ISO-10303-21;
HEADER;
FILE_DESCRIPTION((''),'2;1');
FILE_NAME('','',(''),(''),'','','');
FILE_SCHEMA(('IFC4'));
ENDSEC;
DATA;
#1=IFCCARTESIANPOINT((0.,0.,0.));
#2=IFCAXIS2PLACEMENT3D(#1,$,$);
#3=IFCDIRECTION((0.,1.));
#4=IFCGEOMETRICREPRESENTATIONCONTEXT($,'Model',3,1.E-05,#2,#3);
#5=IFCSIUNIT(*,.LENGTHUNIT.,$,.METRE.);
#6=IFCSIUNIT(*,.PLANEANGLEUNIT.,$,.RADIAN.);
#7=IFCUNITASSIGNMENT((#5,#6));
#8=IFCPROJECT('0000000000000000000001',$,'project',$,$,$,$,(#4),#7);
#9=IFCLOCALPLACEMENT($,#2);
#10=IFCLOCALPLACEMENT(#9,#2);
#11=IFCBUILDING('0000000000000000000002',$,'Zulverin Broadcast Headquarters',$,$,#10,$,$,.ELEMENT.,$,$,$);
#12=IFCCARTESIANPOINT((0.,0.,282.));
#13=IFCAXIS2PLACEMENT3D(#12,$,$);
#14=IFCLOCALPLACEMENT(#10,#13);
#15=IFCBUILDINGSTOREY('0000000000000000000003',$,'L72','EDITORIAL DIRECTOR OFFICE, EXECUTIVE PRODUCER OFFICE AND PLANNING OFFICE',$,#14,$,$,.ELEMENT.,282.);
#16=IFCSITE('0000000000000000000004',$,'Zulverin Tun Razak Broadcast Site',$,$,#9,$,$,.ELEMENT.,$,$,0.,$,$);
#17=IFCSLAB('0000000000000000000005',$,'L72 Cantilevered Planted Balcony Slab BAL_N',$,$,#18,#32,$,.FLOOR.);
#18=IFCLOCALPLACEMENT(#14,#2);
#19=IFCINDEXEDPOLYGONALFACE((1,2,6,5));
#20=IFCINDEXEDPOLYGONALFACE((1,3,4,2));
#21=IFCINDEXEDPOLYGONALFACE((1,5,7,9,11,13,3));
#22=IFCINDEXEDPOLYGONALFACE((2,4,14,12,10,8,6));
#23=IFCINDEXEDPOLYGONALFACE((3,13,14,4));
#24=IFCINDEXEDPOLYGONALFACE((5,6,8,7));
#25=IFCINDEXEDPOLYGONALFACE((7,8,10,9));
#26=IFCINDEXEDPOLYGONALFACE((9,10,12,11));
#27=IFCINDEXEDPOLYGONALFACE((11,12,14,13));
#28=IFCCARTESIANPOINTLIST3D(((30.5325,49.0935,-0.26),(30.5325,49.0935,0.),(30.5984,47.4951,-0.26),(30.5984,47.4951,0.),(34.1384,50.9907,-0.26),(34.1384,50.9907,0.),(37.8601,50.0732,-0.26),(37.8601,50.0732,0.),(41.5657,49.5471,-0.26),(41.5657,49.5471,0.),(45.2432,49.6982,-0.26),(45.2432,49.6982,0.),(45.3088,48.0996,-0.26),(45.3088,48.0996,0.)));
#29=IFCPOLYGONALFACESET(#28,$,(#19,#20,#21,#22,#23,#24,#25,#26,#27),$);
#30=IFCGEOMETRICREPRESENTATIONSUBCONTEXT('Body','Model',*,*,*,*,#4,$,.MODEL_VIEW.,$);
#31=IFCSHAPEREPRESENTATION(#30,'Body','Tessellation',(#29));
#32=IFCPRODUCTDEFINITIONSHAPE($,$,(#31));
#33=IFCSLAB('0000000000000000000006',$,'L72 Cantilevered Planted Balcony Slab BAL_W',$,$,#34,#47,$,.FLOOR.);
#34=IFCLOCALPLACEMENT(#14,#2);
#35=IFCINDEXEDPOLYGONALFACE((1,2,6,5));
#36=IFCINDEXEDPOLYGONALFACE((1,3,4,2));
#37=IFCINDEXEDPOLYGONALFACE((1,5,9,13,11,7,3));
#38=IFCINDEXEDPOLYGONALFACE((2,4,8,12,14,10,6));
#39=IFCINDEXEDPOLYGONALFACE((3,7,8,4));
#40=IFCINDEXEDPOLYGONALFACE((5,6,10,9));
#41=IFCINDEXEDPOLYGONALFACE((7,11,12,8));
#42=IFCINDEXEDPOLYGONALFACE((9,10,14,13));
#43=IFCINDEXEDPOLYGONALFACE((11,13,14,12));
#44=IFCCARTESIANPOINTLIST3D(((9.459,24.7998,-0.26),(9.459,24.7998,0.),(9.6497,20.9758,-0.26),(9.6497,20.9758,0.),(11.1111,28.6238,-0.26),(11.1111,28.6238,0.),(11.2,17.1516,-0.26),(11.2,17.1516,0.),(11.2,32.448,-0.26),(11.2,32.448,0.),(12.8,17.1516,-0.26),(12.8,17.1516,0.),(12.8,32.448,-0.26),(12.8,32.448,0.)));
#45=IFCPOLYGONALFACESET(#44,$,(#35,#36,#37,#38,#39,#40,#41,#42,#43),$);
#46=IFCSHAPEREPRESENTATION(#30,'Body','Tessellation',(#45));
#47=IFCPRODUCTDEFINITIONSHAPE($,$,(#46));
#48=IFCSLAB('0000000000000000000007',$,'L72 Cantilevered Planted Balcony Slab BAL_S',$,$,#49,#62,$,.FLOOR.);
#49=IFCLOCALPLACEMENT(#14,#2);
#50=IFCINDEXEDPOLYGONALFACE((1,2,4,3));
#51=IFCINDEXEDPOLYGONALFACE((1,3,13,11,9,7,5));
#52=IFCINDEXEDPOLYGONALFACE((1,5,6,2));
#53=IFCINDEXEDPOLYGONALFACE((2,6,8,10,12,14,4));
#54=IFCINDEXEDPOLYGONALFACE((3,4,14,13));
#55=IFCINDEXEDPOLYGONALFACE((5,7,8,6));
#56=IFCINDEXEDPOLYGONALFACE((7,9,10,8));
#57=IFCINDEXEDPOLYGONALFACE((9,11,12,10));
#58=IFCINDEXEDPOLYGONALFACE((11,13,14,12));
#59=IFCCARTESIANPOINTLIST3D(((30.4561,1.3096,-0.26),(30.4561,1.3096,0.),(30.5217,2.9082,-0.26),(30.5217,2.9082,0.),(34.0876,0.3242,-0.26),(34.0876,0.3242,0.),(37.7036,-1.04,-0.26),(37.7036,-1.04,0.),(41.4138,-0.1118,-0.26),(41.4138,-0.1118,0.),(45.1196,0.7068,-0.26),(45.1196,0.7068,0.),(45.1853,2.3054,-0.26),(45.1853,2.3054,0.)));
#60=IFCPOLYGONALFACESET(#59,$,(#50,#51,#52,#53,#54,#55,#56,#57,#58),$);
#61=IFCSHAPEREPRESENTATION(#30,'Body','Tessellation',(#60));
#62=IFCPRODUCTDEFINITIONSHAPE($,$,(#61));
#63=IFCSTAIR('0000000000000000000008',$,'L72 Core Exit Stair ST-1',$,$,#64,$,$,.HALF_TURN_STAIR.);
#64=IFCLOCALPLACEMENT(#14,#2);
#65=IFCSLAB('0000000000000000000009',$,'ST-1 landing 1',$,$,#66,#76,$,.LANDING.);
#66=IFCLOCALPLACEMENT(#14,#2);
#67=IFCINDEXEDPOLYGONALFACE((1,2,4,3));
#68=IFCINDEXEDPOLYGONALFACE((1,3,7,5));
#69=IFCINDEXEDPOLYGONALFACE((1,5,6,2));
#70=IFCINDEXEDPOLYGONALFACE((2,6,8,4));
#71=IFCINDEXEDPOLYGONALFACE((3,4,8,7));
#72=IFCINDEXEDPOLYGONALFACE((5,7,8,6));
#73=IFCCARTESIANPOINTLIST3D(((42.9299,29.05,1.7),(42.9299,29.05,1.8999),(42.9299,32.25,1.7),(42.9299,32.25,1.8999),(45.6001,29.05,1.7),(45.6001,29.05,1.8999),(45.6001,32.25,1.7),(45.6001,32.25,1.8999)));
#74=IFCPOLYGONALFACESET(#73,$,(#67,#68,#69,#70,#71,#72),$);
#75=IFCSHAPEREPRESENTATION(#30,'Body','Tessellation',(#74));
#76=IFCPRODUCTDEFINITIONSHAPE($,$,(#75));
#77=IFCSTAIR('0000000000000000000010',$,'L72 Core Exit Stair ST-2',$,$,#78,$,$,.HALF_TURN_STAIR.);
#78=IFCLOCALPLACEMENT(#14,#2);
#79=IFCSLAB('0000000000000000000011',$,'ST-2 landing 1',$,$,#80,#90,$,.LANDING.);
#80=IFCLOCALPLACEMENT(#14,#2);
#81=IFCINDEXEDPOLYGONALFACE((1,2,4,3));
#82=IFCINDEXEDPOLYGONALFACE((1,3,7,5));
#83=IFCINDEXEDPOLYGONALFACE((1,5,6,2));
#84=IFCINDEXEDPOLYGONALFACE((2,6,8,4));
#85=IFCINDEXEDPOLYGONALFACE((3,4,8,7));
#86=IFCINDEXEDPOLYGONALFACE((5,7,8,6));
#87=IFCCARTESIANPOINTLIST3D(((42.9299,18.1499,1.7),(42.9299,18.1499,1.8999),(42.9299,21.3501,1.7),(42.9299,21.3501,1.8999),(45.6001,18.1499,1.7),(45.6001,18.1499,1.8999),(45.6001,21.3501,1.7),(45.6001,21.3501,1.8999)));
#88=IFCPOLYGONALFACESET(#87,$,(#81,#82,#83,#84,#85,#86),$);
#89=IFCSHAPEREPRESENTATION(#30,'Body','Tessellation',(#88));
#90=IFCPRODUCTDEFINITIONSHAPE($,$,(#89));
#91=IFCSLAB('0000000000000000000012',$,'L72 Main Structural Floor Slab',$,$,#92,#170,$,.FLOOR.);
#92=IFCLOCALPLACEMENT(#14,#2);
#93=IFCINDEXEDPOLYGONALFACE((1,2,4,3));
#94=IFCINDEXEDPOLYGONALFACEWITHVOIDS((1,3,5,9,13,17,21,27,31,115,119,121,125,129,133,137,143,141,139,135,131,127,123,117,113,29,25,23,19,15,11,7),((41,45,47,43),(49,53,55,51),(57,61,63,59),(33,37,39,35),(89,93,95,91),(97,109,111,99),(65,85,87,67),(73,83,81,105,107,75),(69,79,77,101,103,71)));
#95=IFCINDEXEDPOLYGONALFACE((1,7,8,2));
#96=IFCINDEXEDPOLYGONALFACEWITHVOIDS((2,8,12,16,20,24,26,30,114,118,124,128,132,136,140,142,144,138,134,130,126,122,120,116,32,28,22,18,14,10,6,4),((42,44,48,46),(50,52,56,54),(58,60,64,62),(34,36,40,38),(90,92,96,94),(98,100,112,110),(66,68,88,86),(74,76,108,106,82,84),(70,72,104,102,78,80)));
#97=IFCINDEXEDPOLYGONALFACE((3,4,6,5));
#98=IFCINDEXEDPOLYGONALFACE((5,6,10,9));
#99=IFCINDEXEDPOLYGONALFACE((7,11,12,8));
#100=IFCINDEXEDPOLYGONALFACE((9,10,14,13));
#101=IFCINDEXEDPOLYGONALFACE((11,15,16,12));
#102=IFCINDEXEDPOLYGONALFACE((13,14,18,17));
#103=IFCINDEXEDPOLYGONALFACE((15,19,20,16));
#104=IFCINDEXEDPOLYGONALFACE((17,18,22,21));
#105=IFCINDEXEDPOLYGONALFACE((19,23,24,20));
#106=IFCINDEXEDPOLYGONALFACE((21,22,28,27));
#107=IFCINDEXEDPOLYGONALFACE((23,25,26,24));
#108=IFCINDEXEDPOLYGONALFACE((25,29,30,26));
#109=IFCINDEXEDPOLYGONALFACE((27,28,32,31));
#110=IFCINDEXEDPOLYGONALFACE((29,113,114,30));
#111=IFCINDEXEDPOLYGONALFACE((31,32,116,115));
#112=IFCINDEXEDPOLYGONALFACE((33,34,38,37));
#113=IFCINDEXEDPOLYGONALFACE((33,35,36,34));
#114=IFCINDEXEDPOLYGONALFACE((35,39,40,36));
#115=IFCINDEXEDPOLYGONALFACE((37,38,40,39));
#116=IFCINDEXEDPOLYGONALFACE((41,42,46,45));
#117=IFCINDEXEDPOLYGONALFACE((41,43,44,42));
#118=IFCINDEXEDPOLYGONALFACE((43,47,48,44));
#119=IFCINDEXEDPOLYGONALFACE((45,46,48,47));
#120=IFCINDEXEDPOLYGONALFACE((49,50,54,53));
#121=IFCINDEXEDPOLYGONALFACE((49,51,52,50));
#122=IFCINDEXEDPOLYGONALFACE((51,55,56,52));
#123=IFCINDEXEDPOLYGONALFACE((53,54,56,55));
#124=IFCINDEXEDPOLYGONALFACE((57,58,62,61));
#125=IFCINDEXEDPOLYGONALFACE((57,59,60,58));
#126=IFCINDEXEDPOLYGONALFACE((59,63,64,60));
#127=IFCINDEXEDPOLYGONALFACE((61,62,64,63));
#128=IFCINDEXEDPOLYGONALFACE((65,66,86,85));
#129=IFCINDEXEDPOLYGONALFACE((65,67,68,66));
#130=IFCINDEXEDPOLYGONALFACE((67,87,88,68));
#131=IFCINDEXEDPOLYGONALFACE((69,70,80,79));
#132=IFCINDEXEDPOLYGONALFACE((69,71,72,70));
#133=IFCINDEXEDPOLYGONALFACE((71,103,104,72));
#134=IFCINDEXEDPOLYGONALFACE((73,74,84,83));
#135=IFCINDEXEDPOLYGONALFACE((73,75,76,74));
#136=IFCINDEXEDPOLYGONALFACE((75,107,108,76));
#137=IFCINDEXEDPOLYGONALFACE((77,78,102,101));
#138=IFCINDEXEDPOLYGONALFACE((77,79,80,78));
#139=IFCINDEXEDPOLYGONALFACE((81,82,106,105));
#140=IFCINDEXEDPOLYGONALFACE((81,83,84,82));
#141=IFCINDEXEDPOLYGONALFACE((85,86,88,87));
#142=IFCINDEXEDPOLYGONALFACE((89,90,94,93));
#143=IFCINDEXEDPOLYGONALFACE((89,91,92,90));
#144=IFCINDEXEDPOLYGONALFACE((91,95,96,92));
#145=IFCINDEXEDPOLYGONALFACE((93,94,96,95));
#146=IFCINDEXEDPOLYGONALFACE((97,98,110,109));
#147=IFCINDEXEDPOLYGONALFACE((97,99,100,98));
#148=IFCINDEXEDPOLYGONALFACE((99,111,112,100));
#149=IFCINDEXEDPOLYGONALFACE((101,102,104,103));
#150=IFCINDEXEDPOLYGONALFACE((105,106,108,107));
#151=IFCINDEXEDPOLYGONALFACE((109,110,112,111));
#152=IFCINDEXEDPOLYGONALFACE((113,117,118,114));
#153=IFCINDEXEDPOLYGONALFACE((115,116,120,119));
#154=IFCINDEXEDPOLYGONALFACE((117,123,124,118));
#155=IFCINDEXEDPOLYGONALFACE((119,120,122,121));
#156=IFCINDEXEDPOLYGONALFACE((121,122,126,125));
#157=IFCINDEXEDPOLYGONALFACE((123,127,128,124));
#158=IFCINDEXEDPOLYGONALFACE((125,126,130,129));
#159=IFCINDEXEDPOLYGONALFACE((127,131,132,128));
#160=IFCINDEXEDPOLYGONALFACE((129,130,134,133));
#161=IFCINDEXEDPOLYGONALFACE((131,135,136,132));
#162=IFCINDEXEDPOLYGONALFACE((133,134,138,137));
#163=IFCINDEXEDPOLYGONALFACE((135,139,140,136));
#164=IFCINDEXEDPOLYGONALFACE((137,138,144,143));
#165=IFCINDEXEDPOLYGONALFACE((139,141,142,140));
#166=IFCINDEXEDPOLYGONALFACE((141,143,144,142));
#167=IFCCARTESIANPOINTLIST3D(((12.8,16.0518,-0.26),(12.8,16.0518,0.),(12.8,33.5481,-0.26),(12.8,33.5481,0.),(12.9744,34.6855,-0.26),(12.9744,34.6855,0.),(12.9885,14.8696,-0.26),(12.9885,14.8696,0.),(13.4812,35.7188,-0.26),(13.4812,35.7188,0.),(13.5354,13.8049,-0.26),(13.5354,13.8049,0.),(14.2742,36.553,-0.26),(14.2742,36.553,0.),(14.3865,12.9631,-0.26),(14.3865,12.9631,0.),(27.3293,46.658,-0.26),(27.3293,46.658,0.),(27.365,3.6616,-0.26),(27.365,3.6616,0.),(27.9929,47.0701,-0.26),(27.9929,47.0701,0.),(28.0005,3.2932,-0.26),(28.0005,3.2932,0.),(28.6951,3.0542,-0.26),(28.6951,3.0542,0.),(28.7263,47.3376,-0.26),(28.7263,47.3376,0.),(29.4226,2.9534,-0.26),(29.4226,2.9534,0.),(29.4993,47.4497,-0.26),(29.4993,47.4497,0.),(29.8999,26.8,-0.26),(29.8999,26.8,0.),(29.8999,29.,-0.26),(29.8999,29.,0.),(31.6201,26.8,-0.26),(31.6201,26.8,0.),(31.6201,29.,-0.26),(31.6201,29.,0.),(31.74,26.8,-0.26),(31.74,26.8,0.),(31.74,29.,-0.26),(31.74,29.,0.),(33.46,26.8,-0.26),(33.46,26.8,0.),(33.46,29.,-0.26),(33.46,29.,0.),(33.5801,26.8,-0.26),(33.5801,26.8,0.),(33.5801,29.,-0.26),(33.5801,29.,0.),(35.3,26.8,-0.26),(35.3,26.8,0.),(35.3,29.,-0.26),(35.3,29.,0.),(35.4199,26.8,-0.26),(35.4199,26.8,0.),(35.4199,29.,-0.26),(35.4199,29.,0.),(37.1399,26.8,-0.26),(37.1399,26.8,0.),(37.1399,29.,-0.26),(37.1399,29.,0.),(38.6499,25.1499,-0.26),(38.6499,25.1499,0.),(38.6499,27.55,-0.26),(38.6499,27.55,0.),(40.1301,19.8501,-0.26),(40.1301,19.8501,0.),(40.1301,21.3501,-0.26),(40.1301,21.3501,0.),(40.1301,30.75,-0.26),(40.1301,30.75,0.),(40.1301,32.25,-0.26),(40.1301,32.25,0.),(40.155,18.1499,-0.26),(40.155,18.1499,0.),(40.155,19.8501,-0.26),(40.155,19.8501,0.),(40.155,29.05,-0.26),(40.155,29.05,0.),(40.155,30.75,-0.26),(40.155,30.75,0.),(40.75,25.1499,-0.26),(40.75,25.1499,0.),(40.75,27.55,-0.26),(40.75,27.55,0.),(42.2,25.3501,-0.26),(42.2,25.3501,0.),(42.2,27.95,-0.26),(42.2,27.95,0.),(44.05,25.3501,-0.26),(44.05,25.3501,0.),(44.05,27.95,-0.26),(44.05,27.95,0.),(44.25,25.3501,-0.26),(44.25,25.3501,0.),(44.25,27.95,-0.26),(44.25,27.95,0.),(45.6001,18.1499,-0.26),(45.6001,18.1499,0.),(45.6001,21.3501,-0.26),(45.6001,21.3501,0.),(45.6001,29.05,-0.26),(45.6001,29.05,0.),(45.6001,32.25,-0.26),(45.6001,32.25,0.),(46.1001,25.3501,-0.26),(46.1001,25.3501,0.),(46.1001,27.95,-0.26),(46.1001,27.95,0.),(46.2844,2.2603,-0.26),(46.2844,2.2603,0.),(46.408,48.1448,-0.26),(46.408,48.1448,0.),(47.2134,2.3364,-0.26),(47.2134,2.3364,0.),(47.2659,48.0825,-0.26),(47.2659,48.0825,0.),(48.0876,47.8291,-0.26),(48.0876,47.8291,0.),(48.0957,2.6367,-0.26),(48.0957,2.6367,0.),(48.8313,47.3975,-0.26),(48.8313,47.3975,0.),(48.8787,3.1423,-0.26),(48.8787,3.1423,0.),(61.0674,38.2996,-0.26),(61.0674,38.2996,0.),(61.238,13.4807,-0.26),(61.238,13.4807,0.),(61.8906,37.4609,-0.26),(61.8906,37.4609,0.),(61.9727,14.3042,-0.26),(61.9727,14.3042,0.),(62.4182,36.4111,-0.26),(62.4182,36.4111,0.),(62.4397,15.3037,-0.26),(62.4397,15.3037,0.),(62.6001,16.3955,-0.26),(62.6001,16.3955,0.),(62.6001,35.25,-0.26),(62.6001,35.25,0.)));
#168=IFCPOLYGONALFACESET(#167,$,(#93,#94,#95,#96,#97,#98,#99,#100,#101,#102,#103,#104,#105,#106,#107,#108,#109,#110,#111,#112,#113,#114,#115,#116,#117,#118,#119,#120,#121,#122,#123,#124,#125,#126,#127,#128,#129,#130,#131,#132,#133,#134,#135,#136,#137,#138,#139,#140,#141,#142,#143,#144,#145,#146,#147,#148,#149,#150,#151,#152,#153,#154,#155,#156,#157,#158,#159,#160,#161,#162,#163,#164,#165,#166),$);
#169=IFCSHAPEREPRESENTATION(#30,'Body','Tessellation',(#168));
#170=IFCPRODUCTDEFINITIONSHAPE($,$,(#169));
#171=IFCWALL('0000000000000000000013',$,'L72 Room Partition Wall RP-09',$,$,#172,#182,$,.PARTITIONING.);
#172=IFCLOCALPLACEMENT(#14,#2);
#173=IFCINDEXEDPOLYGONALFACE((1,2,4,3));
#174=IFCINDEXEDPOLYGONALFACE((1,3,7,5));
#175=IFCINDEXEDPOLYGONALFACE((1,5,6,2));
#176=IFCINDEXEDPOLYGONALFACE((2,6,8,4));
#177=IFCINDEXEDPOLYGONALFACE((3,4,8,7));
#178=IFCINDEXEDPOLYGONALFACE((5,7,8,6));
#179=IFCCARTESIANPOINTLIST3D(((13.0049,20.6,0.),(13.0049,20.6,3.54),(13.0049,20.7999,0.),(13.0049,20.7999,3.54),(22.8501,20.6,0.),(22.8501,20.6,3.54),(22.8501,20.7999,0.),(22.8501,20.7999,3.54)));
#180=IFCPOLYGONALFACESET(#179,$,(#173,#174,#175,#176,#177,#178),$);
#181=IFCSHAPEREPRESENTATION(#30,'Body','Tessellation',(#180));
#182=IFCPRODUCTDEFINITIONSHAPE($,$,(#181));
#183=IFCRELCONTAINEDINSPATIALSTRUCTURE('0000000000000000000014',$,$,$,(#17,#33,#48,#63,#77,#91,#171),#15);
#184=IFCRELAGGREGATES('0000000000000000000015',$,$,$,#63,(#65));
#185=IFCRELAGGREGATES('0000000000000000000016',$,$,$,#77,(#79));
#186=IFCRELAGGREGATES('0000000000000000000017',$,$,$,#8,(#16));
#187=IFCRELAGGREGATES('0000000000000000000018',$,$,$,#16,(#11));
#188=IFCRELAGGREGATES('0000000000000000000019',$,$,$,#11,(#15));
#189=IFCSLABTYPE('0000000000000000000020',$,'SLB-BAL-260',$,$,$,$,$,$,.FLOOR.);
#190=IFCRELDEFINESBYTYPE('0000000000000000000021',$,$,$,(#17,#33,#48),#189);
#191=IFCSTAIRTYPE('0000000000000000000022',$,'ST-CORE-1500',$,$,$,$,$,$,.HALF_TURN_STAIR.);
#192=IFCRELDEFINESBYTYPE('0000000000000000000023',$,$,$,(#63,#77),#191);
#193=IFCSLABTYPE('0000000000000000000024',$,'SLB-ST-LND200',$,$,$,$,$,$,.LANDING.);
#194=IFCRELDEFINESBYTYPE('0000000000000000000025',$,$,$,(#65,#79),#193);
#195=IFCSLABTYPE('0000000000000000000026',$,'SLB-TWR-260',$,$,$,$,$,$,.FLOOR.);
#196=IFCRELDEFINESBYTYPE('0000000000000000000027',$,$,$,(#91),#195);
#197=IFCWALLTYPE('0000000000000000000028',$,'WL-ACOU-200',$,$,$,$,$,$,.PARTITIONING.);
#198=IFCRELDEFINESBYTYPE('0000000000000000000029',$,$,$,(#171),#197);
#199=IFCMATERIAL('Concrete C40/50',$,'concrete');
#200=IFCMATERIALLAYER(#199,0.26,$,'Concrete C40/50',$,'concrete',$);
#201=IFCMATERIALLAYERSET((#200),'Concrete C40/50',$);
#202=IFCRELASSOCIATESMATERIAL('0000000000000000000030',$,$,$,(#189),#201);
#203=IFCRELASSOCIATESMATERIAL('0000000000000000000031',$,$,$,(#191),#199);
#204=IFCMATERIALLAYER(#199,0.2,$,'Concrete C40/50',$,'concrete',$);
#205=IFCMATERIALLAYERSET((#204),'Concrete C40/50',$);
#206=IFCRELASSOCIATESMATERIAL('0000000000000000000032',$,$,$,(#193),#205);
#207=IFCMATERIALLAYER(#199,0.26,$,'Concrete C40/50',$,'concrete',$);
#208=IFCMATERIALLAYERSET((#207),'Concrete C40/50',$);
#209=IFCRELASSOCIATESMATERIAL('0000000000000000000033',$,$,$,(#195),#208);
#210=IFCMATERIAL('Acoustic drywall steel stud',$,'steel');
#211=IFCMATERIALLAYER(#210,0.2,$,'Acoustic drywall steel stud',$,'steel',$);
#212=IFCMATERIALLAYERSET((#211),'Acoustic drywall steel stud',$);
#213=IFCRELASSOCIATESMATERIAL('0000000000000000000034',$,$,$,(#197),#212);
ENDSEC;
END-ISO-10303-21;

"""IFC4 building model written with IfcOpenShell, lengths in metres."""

from ifc_helpers import new_model, si_unit, direction, frame, frame_2d, origin, place, context, subcontext, project, spatial, polyline, rectangle, outline, extrude, material, layer, layer_set, type_object, element, aggregate, save


model = new_model("IFC4")

# Units and contexts
model_context = context("Model", 3, precision=1e-05, world=origin(), true_north=direction((0.0, 1.0)))
body_context = subcontext(model_context, "Body", "Model", "MODEL_VIEW")
ifc_project = project(units=[si_unit("LENGTHUNIT", "METRE"), si_unit("PLANEANGLEUNIT", "RADIAN")], contexts=[model_context])

# Site, building, storey
site_placement = place(None, origin())
site = spatial("IfcSite", under=ifc_project, at=site_placement, Name="Zulverin Tun Razak Broadcast Site", CompositionType="ELEMENT", RefElevation=0.0)
building_placement = place(site_placement, origin())
building = spatial("IfcBuilding", under=site, at=building_placement, Name="Zulverin Broadcast Headquarters", CompositionType="ELEMENT")
storey_placement = place(building_placement, frame((0.0, 0.0, 282.0)))
storey = spatial("IfcBuildingStorey", under=building, at=storey_placement, Name="L72", Description="EDITORIAL DIRECTOR OFFICE, EXECUTIVE PRODUCER OFFICE AND PLANNING OFFICE", CompositionType="ELEMENT", Elevation=282.0)

# Slabs
ifc_material_1 = material(Name="Concrete C40/50", Category="concrete")
ifc_layer_1 = layer(ifc_material_1, 0.26, Name="Concrete C40/50", Category="concrete")
ifc_layer_set_1 = layer_set([ifc_layer_1], Name="Concrete C40/50")
slab_type_1 = type_object("IfcSlabType", Name="SLB-BAL-260", PredefinedType="FLOOR", material=ifc_layer_set_1)
slab_1_placement = place(storey_placement, frame((0.0, 0.0, -0.26)))
element("IfcSlab", 1, at=slab_1_placement, inside=storey, type_object=slab_type_1, Name="L72 Cantilevered Planted Balcony Slab BAL_N", PredefinedType="FLOOR", context=body_context, shape_type="SweptSolid", body=[
    extrude(outline(polyline([(30.5984, 47.4951), (45.3088, 48.0996), (45.2432, 49.6982), (41.5657, 49.5471), (37.8601, 50.0732), (34.1384, 50.9907), (30.5325, 49.0935), (30.5984, 47.4951)])), origin(), (0.0, 0.0, 1.0), 0.26),
])
slab_2_placement = place(storey_placement, frame((0.0, 0.0, -0.26)))
element("IfcSlab", 2, at=slab_2_placement, inside=storey, type_object=slab_type_1, Name="L72 Cantilevered Planted Balcony Slab BAL_W", PredefinedType="FLOOR", context=body_context, shape_type="SweptSolid", body=[
    extrude(outline(polyline([(12.8, 17.1516), (12.8, 32.448), (11.2, 32.448), (11.1111, 28.6238), (9.459, 24.7998), (9.6497, 20.9758), (11.2, 17.1516), (12.8, 17.1516)])), origin(), (0.0, 0.0, 1.0), 0.26),
])
slab_3_placement = place(storey_placement, frame((0.0, 0.0, -0.26)))
element("IfcSlab", 3, at=slab_3_placement, inside=storey, type_object=slab_type_1, Name="L72 Cantilevered Planted Balcony Slab BAL_S", PredefinedType="FLOOR", context=body_context, shape_type="SweptSolid", body=[
    extrude(outline(polyline([(45.1853, 2.3054), (30.5217, 2.9082), (30.4561, 1.3096), (34.0876, 0.3242), (37.7036, -1.04), (41.4138, -0.1118), (45.1196, 0.7068), (45.1853, 2.3054)])), origin(), (0.0, 0.0, 1.0), 0.26),
])

# Stairs, slabs
stair_type = type_object("IfcStairType", Name="ST-CORE-1500", PredefinedType="HALF_TURN_STAIR", material=ifc_material_1)
stair_1_placement = place(storey_placement, origin())
stair_1 = element("IfcStair", 4, at=stair_1_placement, inside=storey, type_object=stair_type, Name="L72 Core Exit Stair ST-1", PredefinedType="HALF_TURN_STAIR")
ifc_layer_2 = layer(ifc_material_1, 0.2, Name="Concrete C40/50", Category="concrete")
ifc_layer_set_2 = layer_set([ifc_layer_2], Name="Concrete C40/50")
slab_type_2 = type_object("IfcSlabType", Name="SLB-ST-LND200", PredefinedType="LANDING", material=ifc_layer_set_2)
slab_4_placement = place(storey_placement, frame((0.0, 0.0, 1.7)))
slab_4 = element("IfcSlab", 5, at=slab_4_placement, type_object=slab_type_2, Name="ST-1 landing 1", PredefinedType="LANDING", context=body_context, shape_type="SweptSolid", body=[
    extrude(outline(polyline([(42.9299, 29.05), (45.6001, 29.05), (45.6001, 32.25), (42.9299, 32.25), (42.9299, 29.05)])), origin(), (0.0, 0.0, 1.0), 0.2),
])
aggregate(stair_1, [slab_4])
stair_2_placement = place(storey_placement, origin())
stair_2 = element("IfcStair", 6, at=stair_2_placement, inside=storey, type_object=stair_type, Name="L72 Core Exit Stair ST-2", PredefinedType="HALF_TURN_STAIR")
slab_5_placement = place(storey_placement, frame((0.0, 0.0, 1.7)))
slab_5 = element("IfcSlab", 7, at=slab_5_placement, type_object=slab_type_2, Name="ST-2 landing 1", PredefinedType="LANDING", context=body_context, shape_type="SweptSolid", body=[
    extrude(outline(polyline([(42.9299, 18.1499), (45.6001, 18.1499), (45.6001, 21.3501), (42.9299, 21.3501), (42.9299, 18.1499)])), origin(), (0.0, 0.0, 1.0), 0.2),
])
aggregate(stair_2, [slab_5])

# Slab
ifc_layer_3 = layer(ifc_material_1, 0.26, Name="Concrete C40/50", Category="concrete")
ifc_layer_set_3 = layer_set([ifc_layer_3], Name="Concrete C40/50")
slab_type_3 = type_object("IfcSlabType", Name="SLB-TWR-260", PredefinedType="FLOOR", material=ifc_layer_set_3)
slab_6_placement = place(storey_placement, frame((0.0, 0.0, -0.26)))
element("IfcSlab", 8, at=slab_6_placement, inside=storey, type_object=slab_type_3, Name="L72 Main Structural Floor Slab", PredefinedType="FLOOR", context=body_context, shape_type="SweptSolid", body=[
    extrude(outline(polyline([(27.365, 3.6616), (28.0005, 3.2932), (28.6951, 3.0542), (29.4226, 2.9534), (46.2844, 2.2603), (47.2134, 2.3364), (48.0957, 2.6367), (48.8787, 3.1423), (61.238, 13.4807), (61.9727, 14.3042), (62.4397, 15.3037), (62.6001, 16.3955), (62.6001, 35.25), (62.4182, 36.4111), (61.8906, 37.4609), (61.0674, 38.2996), (48.8313, 47.3975), (48.0876, 47.8291), (47.2659, 48.0825), (46.408, 48.1448), (29.4993, 47.4497), (28.7263, 47.3376), (27.9929, 47.0701), (27.3293, 46.658), (14.2742, 36.553), (13.4812, 35.7188), (12.9744, 34.6855), (12.8, 33.5481), (12.8, 16.0518), (12.9885, 14.8696), (13.5354, 13.8049), (14.3865, 12.9631), (27.365, 3.6616)]), holes=[polyline([(40.155, 30.75), (40.1301, 30.75), (40.1301, 32.25), (45.6001, 32.25), (45.6001, 29.05), (40.155, 29.05), (40.155, 30.75)]), polyline([(40.155, 19.8501), (40.1301, 19.8501), (40.1301, 21.3501), (45.6001, 21.3501), (45.6001, 18.1499), (40.155, 18.1499), (40.155, 19.8501)]), polyline([(29.8999, 26.8), (31.6201, 26.8), (31.6201, 29.0), (29.8999, 29.0), (29.8999, 26.8)]), polyline([(31.74, 26.8), (33.46, 26.8), (33.46, 29.0), (31.74, 29.0), (31.74, 26.8)]), polyline([(33.5801, 26.8), (35.3, 26.8), (35.3, 29.0), (33.5801, 29.0), (33.5801, 26.8)]), polyline([(35.4199, 26.8), (37.1399, 26.8), (37.1399, 29.0), (35.4199, 29.0), (35.4199, 26.8)]), polyline([(42.2, 25.3501), (44.05, 25.3501), (44.05, 27.95), (42.2, 27.95), (42.2, 25.3501)]), polyline([(44.25, 25.3501), (46.1001, 25.3501), (46.1001, 27.95), (44.25, 27.95), (44.25, 25.3501)]), polyline([(38.6499, 25.1499), (40.75, 25.1499), (40.75, 27.55), (38.6499, 27.55), (38.6499, 25.1499)])]), origin(), (0.0, 0.0, 1.0), 0.26),
])

# Wall
ifc_material_2 = material(Name="Acoustic drywall steel stud", Category="steel")
ifc_layer_4 = layer(ifc_material_2, 0.2, Name="Acoustic drywall steel stud", Category="steel")
ifc_layer_set_4 = layer_set([ifc_layer_4], Name="Acoustic drywall steel stud")
wall_type_1 = type_object("IfcWallType", Name="WL-ACOU-200", PredefinedType="PARTITIONING", material=ifc_layer_set_4)
wall_1_placement = place(storey_placement, frame((13.0049, 20.7, 0.0), z_axis=(0.0, 0.0, 1.0), x_axis=(1.0, 0.0, 0.0)))
element("IfcWall", 9, at=wall_1_placement, inside=storey, type_object=wall_type_1, Name="L72 Room Partition Wall RP-09", PredefinedType="PARTITIONING", context=body_context, shape_type="SweptSolid", body=[
    extrude(rectangle(XDim=9.8452, YDim=0.2, at=frame_2d((4.9226, 0.0))), origin(), (0.0, 0.0, 1.0), 3.54),
])

save(model, "model.ifc")
